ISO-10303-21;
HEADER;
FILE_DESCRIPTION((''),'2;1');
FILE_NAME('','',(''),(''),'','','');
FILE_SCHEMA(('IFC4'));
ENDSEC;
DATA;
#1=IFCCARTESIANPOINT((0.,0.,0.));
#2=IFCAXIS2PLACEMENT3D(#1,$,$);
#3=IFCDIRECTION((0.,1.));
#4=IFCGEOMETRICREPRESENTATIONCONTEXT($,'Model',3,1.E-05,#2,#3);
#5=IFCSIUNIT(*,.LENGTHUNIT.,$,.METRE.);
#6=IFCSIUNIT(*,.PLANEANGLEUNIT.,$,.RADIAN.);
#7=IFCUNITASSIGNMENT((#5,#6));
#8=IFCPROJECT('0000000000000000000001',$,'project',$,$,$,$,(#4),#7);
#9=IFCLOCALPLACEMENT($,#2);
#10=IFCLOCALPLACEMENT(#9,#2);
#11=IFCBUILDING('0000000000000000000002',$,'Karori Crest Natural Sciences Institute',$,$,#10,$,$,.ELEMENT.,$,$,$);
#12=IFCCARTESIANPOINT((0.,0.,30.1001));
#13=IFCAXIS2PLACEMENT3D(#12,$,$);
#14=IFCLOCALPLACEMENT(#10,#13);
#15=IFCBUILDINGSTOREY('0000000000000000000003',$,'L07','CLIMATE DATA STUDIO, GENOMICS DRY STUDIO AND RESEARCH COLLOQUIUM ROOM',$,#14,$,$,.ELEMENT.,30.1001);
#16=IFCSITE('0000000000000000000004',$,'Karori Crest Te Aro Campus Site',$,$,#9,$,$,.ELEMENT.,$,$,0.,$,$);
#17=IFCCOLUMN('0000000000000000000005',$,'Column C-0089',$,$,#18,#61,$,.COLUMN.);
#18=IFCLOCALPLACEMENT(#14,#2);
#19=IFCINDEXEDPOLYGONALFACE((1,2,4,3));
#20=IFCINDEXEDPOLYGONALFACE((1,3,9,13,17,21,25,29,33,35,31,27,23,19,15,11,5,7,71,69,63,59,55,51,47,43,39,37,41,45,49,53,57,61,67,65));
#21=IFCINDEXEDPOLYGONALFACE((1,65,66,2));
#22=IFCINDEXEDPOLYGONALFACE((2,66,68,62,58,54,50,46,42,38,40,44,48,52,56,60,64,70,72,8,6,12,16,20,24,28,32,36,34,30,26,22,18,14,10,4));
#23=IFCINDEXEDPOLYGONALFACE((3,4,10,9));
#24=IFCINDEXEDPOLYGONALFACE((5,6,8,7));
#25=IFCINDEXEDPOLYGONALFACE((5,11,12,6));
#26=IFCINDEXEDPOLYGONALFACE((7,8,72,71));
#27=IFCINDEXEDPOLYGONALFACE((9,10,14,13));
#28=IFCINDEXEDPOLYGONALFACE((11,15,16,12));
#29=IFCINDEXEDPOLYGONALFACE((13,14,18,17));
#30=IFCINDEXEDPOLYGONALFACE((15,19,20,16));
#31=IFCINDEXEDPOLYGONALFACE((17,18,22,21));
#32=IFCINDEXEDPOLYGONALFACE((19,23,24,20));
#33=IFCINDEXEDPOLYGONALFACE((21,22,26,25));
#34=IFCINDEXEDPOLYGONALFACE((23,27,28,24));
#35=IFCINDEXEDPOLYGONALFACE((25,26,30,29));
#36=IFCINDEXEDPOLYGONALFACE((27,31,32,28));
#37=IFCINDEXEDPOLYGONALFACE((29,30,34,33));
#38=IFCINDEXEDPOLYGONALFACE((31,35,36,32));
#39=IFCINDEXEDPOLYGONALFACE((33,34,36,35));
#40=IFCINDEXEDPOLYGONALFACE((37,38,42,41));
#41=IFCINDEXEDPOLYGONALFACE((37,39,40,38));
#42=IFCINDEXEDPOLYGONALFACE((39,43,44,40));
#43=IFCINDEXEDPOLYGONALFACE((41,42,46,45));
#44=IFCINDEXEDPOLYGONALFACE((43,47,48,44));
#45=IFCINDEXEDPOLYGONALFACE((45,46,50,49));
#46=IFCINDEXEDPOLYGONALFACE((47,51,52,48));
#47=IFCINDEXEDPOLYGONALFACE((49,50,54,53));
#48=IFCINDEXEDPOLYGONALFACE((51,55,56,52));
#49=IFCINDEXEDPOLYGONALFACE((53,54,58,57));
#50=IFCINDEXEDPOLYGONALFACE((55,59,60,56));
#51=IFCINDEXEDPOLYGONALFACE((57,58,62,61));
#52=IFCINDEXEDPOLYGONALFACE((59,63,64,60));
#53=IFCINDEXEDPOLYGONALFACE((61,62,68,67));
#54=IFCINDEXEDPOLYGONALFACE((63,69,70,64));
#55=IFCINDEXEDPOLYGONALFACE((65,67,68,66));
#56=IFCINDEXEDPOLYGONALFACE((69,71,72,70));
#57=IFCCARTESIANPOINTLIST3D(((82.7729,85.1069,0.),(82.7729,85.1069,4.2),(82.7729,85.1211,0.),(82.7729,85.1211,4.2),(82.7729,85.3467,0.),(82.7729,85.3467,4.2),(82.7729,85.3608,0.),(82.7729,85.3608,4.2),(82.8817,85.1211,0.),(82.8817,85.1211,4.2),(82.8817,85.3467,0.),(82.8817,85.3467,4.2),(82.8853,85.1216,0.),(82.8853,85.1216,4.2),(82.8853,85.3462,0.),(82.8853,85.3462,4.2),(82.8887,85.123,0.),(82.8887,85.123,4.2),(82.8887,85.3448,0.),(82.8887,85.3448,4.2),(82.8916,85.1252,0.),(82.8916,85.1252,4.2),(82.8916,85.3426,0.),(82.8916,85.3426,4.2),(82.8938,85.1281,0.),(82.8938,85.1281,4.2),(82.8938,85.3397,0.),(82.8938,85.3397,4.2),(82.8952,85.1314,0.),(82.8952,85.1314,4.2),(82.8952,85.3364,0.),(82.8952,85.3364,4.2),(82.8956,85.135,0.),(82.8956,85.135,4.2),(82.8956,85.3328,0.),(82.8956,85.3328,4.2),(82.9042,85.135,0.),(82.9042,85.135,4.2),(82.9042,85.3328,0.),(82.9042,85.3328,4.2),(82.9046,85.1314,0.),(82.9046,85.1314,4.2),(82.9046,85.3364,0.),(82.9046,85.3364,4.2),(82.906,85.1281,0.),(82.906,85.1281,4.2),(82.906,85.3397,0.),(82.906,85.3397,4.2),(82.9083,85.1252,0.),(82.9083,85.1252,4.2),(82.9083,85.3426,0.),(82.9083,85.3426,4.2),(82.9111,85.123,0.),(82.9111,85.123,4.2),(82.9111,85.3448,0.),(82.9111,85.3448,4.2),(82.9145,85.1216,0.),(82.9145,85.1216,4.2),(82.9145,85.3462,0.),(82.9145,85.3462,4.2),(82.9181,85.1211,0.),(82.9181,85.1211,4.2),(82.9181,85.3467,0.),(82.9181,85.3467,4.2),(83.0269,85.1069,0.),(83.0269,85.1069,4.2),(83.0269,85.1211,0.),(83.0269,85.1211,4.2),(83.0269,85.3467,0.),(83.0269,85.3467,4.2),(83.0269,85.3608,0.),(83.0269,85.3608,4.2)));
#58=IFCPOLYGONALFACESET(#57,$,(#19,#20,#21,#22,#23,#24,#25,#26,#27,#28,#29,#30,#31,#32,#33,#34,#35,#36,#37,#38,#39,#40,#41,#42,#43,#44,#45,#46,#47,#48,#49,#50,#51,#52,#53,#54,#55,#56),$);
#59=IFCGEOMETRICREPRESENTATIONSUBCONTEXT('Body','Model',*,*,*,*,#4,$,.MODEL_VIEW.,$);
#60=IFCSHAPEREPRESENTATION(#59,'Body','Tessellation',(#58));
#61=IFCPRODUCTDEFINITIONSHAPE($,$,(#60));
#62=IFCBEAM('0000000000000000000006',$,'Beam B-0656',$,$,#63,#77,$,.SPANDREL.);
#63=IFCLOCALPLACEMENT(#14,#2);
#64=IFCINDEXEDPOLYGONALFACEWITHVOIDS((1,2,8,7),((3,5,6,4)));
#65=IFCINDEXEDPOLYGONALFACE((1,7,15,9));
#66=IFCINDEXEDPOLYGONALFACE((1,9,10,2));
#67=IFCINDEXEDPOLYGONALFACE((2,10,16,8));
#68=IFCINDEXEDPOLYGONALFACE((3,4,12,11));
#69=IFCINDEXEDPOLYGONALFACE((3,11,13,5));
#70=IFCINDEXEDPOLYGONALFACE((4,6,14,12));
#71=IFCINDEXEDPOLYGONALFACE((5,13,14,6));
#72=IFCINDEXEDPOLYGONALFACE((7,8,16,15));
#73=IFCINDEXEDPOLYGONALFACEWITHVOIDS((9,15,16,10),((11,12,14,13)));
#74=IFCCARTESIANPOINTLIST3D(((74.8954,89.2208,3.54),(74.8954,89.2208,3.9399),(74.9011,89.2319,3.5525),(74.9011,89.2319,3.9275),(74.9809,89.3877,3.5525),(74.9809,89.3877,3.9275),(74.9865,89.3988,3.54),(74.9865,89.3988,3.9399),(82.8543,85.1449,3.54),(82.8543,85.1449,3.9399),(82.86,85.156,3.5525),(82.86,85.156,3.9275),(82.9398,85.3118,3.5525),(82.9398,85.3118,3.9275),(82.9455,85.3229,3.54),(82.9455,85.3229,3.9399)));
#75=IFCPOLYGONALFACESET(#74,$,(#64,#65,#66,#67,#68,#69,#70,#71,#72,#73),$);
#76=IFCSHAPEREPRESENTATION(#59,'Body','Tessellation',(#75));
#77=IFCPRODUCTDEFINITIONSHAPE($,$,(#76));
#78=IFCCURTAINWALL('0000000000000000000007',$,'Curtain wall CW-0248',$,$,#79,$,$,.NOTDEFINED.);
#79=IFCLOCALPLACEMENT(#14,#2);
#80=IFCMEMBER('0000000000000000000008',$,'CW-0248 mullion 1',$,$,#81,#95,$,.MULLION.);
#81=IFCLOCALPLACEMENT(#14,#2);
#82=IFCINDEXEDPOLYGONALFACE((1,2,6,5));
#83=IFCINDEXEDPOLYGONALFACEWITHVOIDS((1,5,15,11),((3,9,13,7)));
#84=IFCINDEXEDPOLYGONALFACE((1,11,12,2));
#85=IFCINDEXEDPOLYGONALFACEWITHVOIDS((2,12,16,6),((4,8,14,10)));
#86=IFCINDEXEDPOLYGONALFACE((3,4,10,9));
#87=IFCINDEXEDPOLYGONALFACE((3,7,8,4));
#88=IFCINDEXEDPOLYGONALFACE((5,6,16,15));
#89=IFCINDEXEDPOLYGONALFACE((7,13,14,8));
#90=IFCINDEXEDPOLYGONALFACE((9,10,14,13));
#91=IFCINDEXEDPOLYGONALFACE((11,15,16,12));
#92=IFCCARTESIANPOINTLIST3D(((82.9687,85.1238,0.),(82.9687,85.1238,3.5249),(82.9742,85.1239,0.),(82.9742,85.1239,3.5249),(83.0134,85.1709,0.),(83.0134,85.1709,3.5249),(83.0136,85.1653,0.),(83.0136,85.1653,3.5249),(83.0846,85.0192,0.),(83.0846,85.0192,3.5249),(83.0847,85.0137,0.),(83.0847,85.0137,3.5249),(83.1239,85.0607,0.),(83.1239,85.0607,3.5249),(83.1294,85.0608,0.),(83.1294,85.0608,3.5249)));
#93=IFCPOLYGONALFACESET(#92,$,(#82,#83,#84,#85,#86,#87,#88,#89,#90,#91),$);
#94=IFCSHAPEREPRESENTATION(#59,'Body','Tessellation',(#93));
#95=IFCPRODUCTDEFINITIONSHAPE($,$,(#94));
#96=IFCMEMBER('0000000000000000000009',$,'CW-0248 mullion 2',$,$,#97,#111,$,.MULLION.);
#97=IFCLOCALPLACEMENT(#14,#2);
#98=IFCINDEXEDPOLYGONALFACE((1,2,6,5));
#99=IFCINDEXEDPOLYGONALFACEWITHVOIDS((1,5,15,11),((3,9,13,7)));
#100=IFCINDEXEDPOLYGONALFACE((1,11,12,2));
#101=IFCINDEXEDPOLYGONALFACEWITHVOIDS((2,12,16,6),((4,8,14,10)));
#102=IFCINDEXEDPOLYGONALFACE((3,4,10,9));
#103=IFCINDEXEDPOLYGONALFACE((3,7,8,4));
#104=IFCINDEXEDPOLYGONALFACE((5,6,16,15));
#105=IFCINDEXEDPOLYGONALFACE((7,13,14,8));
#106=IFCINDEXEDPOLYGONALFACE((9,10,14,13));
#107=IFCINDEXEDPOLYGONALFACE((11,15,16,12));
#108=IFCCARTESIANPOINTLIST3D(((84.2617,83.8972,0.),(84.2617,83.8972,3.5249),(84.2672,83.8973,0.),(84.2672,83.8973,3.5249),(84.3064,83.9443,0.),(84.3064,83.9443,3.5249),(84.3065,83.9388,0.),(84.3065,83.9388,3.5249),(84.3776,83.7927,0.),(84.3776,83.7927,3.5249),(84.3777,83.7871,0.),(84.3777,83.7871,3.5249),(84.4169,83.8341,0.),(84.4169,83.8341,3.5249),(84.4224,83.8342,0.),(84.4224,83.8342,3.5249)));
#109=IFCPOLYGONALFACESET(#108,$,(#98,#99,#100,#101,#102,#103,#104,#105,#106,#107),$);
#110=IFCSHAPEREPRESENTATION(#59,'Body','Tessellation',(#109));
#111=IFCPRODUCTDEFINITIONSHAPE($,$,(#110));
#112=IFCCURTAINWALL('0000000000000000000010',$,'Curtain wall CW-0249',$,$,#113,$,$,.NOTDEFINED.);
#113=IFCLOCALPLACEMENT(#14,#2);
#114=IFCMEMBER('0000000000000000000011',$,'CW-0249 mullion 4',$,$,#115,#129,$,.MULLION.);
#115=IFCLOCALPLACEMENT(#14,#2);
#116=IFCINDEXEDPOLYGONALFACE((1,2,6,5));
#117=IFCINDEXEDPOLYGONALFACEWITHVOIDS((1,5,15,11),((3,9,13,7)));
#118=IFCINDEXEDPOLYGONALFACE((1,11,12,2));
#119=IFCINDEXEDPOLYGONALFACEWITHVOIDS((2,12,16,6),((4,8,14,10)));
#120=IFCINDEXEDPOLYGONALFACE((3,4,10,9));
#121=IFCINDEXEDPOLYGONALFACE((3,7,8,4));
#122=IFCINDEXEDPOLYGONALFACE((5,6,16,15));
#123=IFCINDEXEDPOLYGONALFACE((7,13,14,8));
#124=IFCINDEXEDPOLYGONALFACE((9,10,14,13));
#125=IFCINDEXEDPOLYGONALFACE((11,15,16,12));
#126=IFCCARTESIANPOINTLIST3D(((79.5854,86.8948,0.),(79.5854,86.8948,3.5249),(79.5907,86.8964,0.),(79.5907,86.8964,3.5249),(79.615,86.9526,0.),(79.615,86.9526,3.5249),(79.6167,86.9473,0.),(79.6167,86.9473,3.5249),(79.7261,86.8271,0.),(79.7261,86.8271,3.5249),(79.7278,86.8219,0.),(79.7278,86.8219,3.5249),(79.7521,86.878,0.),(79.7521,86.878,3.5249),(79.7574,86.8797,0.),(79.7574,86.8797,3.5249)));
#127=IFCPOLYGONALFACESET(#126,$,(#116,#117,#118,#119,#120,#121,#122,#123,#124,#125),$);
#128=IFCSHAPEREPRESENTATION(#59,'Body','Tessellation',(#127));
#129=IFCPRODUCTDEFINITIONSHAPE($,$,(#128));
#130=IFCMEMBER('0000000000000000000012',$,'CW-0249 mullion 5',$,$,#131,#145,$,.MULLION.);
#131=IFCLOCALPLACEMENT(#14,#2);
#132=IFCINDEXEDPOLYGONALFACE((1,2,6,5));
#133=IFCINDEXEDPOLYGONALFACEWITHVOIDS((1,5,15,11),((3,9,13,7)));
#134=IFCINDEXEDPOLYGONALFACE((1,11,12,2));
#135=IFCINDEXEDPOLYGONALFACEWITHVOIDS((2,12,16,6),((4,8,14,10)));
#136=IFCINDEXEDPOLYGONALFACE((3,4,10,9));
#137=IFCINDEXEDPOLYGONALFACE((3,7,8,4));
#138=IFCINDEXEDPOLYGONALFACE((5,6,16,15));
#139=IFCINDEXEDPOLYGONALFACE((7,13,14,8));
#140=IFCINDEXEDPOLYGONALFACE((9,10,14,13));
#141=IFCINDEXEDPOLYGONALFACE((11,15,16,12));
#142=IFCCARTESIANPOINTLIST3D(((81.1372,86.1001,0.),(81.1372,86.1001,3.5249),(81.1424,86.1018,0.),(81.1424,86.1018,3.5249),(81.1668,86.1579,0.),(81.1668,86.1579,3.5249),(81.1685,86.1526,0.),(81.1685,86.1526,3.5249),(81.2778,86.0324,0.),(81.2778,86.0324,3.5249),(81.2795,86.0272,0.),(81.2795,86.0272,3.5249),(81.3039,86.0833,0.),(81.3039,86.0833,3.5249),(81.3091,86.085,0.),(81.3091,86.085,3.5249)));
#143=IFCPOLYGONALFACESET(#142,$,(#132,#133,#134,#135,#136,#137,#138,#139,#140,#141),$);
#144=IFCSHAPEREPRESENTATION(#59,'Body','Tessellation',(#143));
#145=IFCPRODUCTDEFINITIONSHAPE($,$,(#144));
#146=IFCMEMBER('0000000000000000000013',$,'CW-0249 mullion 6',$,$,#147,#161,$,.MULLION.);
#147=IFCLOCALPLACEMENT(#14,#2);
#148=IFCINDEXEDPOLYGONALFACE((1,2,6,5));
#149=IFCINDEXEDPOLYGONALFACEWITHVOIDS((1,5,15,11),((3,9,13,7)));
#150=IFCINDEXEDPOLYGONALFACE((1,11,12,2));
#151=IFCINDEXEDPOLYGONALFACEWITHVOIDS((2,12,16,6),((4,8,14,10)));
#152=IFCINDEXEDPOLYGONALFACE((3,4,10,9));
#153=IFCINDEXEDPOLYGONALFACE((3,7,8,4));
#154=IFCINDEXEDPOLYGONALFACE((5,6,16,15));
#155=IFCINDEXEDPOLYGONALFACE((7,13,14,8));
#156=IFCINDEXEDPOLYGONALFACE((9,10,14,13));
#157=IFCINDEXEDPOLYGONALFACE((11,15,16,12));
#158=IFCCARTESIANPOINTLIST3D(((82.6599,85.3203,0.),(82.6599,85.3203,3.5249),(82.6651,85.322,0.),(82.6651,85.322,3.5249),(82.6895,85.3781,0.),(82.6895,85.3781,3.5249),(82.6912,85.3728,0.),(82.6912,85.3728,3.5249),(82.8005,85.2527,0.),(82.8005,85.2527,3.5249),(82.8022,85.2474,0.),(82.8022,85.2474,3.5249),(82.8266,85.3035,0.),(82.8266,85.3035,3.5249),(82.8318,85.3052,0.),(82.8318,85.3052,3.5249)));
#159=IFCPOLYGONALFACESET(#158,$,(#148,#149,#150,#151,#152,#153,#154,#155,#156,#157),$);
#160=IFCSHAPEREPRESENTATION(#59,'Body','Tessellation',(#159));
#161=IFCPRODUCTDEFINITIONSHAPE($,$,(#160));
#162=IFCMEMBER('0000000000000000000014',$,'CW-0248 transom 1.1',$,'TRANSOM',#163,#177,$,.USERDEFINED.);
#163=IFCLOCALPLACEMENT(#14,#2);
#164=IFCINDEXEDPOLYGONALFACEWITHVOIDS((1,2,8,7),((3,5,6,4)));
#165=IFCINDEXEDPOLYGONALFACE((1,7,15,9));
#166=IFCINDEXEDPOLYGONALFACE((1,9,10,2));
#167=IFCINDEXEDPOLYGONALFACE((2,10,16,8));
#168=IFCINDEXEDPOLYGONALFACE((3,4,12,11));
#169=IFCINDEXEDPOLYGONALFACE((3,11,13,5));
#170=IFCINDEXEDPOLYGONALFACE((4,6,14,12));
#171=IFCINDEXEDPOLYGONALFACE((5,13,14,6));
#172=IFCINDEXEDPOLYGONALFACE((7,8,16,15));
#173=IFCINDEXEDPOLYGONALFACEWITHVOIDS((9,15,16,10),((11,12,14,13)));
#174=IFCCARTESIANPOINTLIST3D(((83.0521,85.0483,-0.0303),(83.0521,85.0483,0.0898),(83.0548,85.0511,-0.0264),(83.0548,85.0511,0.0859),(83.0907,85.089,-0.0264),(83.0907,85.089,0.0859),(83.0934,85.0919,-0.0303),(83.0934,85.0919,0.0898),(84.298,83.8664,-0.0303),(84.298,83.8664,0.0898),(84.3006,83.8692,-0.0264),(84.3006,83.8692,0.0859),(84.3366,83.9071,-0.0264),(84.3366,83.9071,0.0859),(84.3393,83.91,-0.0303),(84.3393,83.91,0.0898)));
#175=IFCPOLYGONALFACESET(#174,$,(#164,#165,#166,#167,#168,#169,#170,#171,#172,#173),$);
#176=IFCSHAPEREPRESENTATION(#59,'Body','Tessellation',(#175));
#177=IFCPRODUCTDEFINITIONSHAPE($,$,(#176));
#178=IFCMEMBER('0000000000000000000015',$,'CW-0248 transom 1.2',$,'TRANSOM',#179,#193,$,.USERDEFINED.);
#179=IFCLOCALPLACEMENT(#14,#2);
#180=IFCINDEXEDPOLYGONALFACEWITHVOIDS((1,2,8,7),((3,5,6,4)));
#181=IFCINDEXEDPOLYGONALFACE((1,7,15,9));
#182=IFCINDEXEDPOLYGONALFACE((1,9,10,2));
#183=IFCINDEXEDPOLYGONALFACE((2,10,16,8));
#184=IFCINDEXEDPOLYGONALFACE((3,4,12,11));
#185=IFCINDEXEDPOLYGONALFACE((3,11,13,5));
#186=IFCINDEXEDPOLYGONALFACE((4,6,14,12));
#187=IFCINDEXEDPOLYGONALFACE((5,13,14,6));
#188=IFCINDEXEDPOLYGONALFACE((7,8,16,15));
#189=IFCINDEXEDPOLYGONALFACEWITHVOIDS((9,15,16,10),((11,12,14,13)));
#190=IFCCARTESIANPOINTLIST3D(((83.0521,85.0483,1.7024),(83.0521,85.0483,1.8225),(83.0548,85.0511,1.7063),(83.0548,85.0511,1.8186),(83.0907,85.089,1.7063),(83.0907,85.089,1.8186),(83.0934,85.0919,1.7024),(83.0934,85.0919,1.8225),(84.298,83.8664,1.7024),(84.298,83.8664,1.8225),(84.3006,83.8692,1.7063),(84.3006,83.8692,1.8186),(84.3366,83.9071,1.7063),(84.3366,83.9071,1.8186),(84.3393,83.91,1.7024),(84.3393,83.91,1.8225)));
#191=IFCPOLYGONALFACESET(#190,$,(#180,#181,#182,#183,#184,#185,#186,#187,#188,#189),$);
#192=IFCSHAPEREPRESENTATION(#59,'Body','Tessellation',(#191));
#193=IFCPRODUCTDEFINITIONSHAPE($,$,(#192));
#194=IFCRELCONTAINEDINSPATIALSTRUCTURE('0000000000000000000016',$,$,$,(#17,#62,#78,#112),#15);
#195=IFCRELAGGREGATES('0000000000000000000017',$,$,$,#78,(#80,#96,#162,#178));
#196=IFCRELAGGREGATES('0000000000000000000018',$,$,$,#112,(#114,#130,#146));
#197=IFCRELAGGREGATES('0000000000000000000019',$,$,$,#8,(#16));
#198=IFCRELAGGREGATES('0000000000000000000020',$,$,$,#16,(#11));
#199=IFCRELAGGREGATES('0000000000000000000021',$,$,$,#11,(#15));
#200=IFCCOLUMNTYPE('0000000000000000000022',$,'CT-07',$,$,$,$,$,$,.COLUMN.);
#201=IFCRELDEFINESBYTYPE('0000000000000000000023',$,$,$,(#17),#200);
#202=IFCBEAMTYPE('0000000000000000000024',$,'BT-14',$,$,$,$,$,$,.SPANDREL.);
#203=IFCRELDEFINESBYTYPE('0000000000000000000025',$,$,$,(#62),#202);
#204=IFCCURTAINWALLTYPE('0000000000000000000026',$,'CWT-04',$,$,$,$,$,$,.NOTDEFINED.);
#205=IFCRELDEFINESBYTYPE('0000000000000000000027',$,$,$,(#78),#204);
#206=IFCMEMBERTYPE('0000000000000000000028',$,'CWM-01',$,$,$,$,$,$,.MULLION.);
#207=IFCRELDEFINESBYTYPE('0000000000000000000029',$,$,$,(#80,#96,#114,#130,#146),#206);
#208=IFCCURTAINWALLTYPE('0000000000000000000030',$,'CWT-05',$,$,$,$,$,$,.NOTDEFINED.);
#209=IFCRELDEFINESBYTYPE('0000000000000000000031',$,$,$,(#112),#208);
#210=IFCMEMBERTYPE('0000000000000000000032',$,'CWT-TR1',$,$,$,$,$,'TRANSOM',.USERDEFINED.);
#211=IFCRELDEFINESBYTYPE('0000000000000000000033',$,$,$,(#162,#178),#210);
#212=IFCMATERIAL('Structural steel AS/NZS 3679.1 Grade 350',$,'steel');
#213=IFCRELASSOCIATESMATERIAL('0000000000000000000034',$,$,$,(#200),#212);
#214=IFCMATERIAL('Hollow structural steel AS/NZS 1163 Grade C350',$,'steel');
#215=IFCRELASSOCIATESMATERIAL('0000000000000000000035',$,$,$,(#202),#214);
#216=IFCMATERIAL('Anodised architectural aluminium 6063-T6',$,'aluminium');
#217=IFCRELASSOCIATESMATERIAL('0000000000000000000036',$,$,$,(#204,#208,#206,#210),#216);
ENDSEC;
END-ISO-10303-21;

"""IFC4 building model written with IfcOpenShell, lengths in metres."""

from ifc_helpers import new_model, si_unit, direction, frame, origin, origin_2d, place, context, subcontext, project, spatial, hollow_rectangle, i_section, extrude, material, material_profile, profile_set, type_object, element, aggregate, save


model = new_model("IFC4")

# Units and contexts
model_context = context("Model", 3, precision=1e-05, world=origin(), true_north=direction((0.0, 1.0)))
body_context = subcontext(model_context, "Body", "Model", "MODEL_VIEW")
ifc_project = project(units=[si_unit("LENGTHUNIT", "METRE"), si_unit("PLANEANGLEUNIT", "RADIAN")], contexts=[model_context])

# Site, building, storey
site_placement = place(None, origin())
site = spatial("IfcSite", under=ifc_project, at=site_placement, Name="Karori Crest Te Aro Campus Site", CompositionType="ELEMENT", RefElevation=0.0)
building_placement = place(site_placement, origin())
building = spatial("IfcBuilding", under=site, at=building_placement, Name="Karori Crest Natural Sciences Institute", CompositionType="ELEMENT")
storey_placement = place(building_placement, frame((0.0, 0.0, 30.1001)))
storey = spatial("IfcBuildingStorey", under=building, at=storey_placement, Name="L07", Description="CLIMATE DATA STUDIO, GENOMICS DRY STUDIO AND RESEARCH COLLOQUIUM ROOM", CompositionType="ELEMENT", Elevation=30.1001)

# Column
ifc_material_1 = material(Name="Structural steel AS/NZS 3679.1 Grade 350", Category="steel")
ifc_material_profile_1 = material_profile(ifc_material_1, i_section(OverallWidth=0.2539, OverallDepth=0.2539, WebThickness=0.0085, FlangeThickness=0.0142, FilletRadius=0.0139, at=origin_2d()), Name="250UC72.9")
ifc_profile_set_1 = profile_set([ifc_material_profile_1], Name="Structural steel AS/NZS 3679.1 Grade 350")
column_type = type_object("IfcColumnType", Name="CT-07", PredefinedType="COLUMN", material=ifc_profile_set_1)
column_placement = place(storey_placement, frame((82.8999, 85.2339, 0.0), z_axis=(0.0, 0.0, 1.0), x_axis=(1.0, 0.0, 0.0)))
element("IfcColumn", 1, at=column_placement, inside=storey, type_object=column_type, Name="Column C-0089", PredefinedType="COLUMN", context=body_context, shape_type="SweptSolid", body=[
    extrude(i_section(OverallWidth=0.2539, OverallDepth=0.2539, WebThickness=0.0085, FlangeThickness=0.0142, FilletRadius=0.0139, at=origin_2d()), origin(), (0.0, 0.0, 1.0), 4.2),
])

# Beam
ifc_material_2 = material(Name="Hollow structural steel AS/NZS 1163 Grade C350", Category="steel")
ifc_material_profile_2 = material_profile(ifc_material_2, hollow_rectangle(XDim=0.2, YDim=0.3999, WallThickness=0.0125, at=origin_2d()), Name="RHS400x200x12.5")
ifc_profile_set_2 = profile_set([ifc_material_profile_2], Name="Hollow structural steel AS/NZS 1163 Grade C350")
beam_type = type_object("IfcBeamType", Name="BT-14", PredefinedType="SPANDREL", material=ifc_profile_set_2)
beam_placement = place(storey_placement, frame((82.8999, 85.2339, 3.74), z_axis=(-0.890072, 0.45582, 0.0), x_axis=(-0.45582, -0.890072, 0.0)))
element("IfcBeam", 2, at=beam_placement, inside=storey, type_object=beam_type, Name="Beam B-0656", PredefinedType="SPANDREL", context=body_context, shape_type="SweptSolid", body=[
    extrude(hollow_rectangle(XDim=0.2, YDim=0.3999, WallThickness=0.0125, at=origin_2d()), origin(), (0.0, 0.0, 1.0), 8.9419),
])

# Curtain walls, members
ifc_material_3 = material(Name="Anodised architectural aluminium 6063-T6", Category="aluminium")
curtain_wall_type_1 = type_object("IfcCurtainWallType", Name="CWT-04", PredefinedType="NOTDEFINED", material=ifc_material_3)
curtain_wall_1_placement = place(storey_placement, origin())
curtain_wall_1 = element("IfcCurtainWall", 3, at=curtain_wall_1_placement, inside=storey, type_object=curtain_wall_type_1, Name="Curtain wall CW-0248", PredefinedType="NOTDEFINED")
ifc_material_profile_3 = material_profile(ifc_material_3, hollow_rectangle(XDim=0.0649, YDim=0.1599, WallThickness=0.0039, at=origin_2d()), Name="CWM160x65x4")
ifc_profile_set_3 = profile_set([ifc_material_profile_3], Name="Anodised architectural aluminium 6063-T6")
member_type_1 = type_object("IfcMemberType", Name="CWM-01", PredefinedType="MULLION", material=ifc_profile_set_3)
member_1_placement = place(storey_placement, frame((83.0491, 85.0923, 0.0), z_axis=(0.0, 0.0, 1.0), x_axis=(0.688252, 0.725471, 0.0)))
member_1 = element("IfcMember", 4, at=member_1_placement, type_object=member_type_1, Name="CW-0248 mullion 1", PredefinedType="MULLION", context=body_context, shape_type="SweptSolid", body=[
    extrude(hollow_rectangle(XDim=0.0649, YDim=0.1599, WallThickness=0.0039, at=origin_2d()), origin(), (0.0, 0.0, 1.0), 3.5249),
])
member_2_placement = place(storey_placement, frame((84.342, 83.8657, 0.0), z_axis=(0.0, 0.0, 1.0), x_axis=(0.688252, 0.725471, 0.0)))
member_2 = element("IfcMember", 5, at=member_2_placement, type_object=member_type_1, Name="CW-0248 mullion 2", PredefinedType="MULLION", context=body_context, shape_type="SweptSolid", body=[
    extrude(hollow_rectangle(XDim=0.0649, YDim=0.1599, WallThickness=0.0039, at=origin_2d()), origin(), (0.0, 0.0, 1.0), 3.5249),
])
curtain_wall_type_2 = type_object("IfcCurtainWallType", Name="CWT-05", PredefinedType="NOTDEFINED", material=ifc_material_3)
curtain_wall_2_placement = place(storey_placement, origin())
curtain_wall_2 = element("IfcCurtainWall", 6, at=curtain_wall_2_placement, inside=storey, type_object=curtain_wall_type_2, Name="Curtain wall CW-0249", PredefinedType="NOTDEFINED")
member_3_placement = place(storey_placement, frame((79.6714, 86.8872, 0.0), z_axis=(0.0, 0.0, 1.0), x_axis=(0.455829, 0.890067, 0.0)))
member_3 = element("IfcMember", 7, at=member_3_placement, type_object=member_type_1, Name="CW-0249 mullion 4", PredefinedType="MULLION", context=body_context, shape_type="SweptSolid", body=[
    extrude(hollow_rectangle(XDim=0.0649, YDim=0.1599, WallThickness=0.0039, at=origin_2d()), origin(), (0.0, 0.0, 1.0), 3.5249),
])
member_4_placement = place(storey_placement, frame((81.2231, 86.0925, 0.0), z_axis=(0.0, 0.0, 1.0), x_axis=(0.455829, 0.890067, 0.0)))
member_4 = element("IfcMember", 8, at=member_4_placement, type_object=member_type_1, Name="CW-0249 mullion 5", PredefinedType="MULLION", context=body_context, shape_type="SweptSolid", body=[
    extrude(hollow_rectangle(XDim=0.0649, YDim=0.1599, WallThickness=0.0039, at=origin_2d()), origin(), (0.0, 0.0, 1.0), 3.5249),
])
member_5_placement = place(storey_placement, frame((82.7458, 85.3127, 0.0), z_axis=(0.0, 0.0, 1.0), x_axis=(0.455829, 0.890067, 0.0)))
member_5 = element("IfcMember", 9, at=member_5_placement, type_object=member_type_1, Name="CW-0249 mullion 6", PredefinedType="MULLION", context=body_context, shape_type="SweptSolid", body=[
    extrude(hollow_rectangle(XDim=0.0649, YDim=0.1599, WallThickness=0.0039, at=origin_2d()), origin(), (0.0, 0.0, 1.0), 3.5249),
])

# Members
ifc_material_profile_4 = material_profile(ifc_material_3, hollow_rectangle(XDim=0.0601, YDim=0.1201, WallThickness=0.0039, at=origin_2d()), Name="CWT120x60x4")
ifc_profile_set_4 = profile_set([ifc_material_profile_4], Name="Anodised architectural aluminium 6063-T6")
member_type_2 = type_object("IfcMemberType", Name="CWT-TR1", ElementType="TRANSOM", PredefinedType="USERDEFINED", material=ifc_profile_set_4)
member_6_placement = place(storey_placement, frame((83.0728, 85.0701, 0.0298), z_axis=(0.725486, -0.688237, 0.0), x_axis=(0.688237, 0.725486, 0.0)))
member_6 = element("IfcMember", 10, at=member_6_placement, type_object=member_type_2, Name="CW-0248 transom 1.1", ObjectType="TRANSOM", PredefinedType="USERDEFINED", context=body_context, shape_type="SweptSolid", body=[
    extrude(hollow_rectangle(XDim=0.0601, YDim=0.1201, WallThickness=0.0039, at=origin_2d()), origin(), (0.0, 0.0, 1.0), 1.7173),
])
member_7_placement = place(storey_placement, frame((83.0728, 85.0701, 1.7625), z_axis=(0.725486, -0.688237, 0.0), x_axis=(0.688237, 0.725486, 0.0)))
member_7 = element("IfcMember", 11, at=member_7_placement, type_object=member_type_2, Name="CW-0248 transom 1.2", ObjectType="TRANSOM", PredefinedType="USERDEFINED", context=body_context, shape_type="SweptSolid", body=[
    extrude(hollow_rectangle(XDim=0.0601, YDim=0.1201, WallThickness=0.0039, at=origin_2d()), origin(), (0.0, 0.0, 1.0), 1.7173),
])

aggregate(curtain_wall_1, [member_1, member_2, member_6, member_7])
aggregate(curtain_wall_2, [member_3, member_4, member_5])

save(model, "model.ifc")
